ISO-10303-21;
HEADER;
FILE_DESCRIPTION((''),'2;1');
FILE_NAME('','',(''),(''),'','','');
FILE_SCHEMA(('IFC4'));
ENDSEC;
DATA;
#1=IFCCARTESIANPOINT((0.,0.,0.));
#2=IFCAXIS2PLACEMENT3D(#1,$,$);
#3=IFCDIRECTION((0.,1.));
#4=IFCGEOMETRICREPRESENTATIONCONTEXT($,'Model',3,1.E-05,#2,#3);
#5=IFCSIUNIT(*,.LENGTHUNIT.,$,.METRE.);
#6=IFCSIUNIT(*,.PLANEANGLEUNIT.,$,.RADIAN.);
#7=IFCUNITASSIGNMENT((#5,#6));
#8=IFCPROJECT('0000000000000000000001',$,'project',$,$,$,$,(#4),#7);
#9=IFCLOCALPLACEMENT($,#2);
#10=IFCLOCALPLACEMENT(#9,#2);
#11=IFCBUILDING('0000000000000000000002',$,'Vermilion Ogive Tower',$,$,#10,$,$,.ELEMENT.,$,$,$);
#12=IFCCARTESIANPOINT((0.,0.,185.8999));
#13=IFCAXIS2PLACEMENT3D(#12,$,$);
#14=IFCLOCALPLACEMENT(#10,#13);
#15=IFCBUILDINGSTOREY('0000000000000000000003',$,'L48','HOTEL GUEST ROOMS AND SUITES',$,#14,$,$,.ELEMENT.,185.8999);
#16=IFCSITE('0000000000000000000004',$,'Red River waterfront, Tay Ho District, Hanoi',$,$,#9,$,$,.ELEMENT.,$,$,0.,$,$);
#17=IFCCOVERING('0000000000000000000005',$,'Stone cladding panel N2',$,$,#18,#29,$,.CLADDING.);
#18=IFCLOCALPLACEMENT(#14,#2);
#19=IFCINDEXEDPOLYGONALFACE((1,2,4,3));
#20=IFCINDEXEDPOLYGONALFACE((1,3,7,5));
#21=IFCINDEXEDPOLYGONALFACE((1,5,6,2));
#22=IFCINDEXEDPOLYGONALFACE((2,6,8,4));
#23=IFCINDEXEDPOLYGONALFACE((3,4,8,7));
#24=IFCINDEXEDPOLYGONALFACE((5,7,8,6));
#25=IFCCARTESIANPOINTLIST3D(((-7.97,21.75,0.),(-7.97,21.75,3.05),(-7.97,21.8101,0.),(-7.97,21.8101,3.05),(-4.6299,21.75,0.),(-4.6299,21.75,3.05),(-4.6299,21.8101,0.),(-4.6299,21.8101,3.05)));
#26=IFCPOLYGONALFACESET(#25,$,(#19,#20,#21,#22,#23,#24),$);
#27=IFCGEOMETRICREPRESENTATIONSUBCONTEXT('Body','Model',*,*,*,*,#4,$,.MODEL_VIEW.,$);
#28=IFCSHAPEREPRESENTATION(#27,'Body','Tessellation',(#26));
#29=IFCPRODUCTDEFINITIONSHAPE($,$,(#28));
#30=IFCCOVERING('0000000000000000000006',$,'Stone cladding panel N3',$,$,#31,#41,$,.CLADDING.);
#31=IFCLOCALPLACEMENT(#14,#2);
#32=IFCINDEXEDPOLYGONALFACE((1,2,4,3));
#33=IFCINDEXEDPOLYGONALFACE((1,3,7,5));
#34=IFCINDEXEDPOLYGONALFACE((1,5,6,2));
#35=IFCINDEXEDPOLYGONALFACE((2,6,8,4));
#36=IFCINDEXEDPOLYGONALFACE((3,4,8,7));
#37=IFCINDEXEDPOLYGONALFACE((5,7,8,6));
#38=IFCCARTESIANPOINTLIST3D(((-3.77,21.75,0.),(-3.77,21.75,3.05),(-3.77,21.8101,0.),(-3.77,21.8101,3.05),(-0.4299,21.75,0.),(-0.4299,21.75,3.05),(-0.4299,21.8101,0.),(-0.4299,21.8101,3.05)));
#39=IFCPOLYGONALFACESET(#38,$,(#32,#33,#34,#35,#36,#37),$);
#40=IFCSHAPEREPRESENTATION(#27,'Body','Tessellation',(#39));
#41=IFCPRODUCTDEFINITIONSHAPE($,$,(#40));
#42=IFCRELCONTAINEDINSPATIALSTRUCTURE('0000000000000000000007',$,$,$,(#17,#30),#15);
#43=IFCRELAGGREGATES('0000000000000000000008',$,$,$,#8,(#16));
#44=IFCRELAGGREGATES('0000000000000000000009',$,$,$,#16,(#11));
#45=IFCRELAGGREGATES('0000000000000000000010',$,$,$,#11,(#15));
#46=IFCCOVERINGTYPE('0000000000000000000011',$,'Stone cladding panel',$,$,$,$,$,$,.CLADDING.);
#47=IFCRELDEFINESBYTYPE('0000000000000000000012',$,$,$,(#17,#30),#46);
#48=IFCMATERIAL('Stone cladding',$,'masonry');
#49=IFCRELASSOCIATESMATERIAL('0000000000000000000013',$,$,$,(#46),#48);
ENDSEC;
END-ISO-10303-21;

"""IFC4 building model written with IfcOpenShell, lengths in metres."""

from ifc_helpers import new_model, si_unit, direction, frame, origin, place, context, subcontext, project, spatial, polyline, outline, extrude, material, type_object, element, save


model = new_model("IFC4")

# Units and contexts
model_context = context("Model", 3, precision=1e-05, world=origin(), true_north=direction((0.0, 1.0)))
body_context = subcontext(model_context, "Body", "Model", "MODEL_VIEW")
ifc_project = project(units=[si_unit("LENGTHUNIT", "METRE"), si_unit("PLANEANGLEUNIT", "RADIAN")], contexts=[model_context])

# Site, building, storey
site_placement = place(None, origin())
site = spatial("IfcSite", under=ifc_project, at=site_placement, Name="Red River waterfront, Tay Ho District, Hanoi", CompositionType="ELEMENT", RefElevation=0.0)
building_placement = place(site_placement, origin())
building = spatial("IfcBuilding", under=site, at=building_placement, Name="Vermilion Ogive Tower", CompositionType="ELEMENT")
storey_placement = place(building_placement, frame((0.0, 0.0, 185.8999)))
storey = spatial("IfcBuildingStorey", under=building, at=storey_placement, Name="L48", Description="HOTEL GUEST ROOMS AND SUITES", CompositionType="ELEMENT", Elevation=185.8999)

# Coverings
ifc_material_1 = material(Name="Stone cladding", Category="masonry")
covering_type_1 = type_object("IfcCoveringType", Name="Stone cladding panel", PredefinedType="CLADDING", material=ifc_material_1)
covering_1_placement = place(storey_placement, origin())
element("IfcCovering", 1, at=covering_1_placement, inside=storey, type_object=covering_type_1, Name="Stone cladding panel N2", PredefinedType="CLADDING", context=body_context, shape_type="SweptSolid", body=[
    extrude(outline(polyline([(-7.97, 21.75), (-4.6299, 21.75), (-4.6299, 21.8101), (-7.97, 21.8101), (-7.97, 21.75)])), origin(), (0.0, 0.0, 1.0), 3.05),
])
covering_2_placement = place(storey_placement, origin())
element("IfcCovering", 2, at=covering_2_placement, inside=storey, type_object=covering_type_1, Name="Stone cladding panel N3", PredefinedType="CLADDING", context=body_context, shape_type="SweptSolid", body=[
    extrude(outline(polyline([(-3.77, 21.75), (-0.4299, 21.75), (-0.4299, 21.8101), (-3.77, 21.8101), (-3.77, 21.75)])), origin(), (0.0, 0.0, 1.0), 3.05),
])

save(model, "model.ifc")
